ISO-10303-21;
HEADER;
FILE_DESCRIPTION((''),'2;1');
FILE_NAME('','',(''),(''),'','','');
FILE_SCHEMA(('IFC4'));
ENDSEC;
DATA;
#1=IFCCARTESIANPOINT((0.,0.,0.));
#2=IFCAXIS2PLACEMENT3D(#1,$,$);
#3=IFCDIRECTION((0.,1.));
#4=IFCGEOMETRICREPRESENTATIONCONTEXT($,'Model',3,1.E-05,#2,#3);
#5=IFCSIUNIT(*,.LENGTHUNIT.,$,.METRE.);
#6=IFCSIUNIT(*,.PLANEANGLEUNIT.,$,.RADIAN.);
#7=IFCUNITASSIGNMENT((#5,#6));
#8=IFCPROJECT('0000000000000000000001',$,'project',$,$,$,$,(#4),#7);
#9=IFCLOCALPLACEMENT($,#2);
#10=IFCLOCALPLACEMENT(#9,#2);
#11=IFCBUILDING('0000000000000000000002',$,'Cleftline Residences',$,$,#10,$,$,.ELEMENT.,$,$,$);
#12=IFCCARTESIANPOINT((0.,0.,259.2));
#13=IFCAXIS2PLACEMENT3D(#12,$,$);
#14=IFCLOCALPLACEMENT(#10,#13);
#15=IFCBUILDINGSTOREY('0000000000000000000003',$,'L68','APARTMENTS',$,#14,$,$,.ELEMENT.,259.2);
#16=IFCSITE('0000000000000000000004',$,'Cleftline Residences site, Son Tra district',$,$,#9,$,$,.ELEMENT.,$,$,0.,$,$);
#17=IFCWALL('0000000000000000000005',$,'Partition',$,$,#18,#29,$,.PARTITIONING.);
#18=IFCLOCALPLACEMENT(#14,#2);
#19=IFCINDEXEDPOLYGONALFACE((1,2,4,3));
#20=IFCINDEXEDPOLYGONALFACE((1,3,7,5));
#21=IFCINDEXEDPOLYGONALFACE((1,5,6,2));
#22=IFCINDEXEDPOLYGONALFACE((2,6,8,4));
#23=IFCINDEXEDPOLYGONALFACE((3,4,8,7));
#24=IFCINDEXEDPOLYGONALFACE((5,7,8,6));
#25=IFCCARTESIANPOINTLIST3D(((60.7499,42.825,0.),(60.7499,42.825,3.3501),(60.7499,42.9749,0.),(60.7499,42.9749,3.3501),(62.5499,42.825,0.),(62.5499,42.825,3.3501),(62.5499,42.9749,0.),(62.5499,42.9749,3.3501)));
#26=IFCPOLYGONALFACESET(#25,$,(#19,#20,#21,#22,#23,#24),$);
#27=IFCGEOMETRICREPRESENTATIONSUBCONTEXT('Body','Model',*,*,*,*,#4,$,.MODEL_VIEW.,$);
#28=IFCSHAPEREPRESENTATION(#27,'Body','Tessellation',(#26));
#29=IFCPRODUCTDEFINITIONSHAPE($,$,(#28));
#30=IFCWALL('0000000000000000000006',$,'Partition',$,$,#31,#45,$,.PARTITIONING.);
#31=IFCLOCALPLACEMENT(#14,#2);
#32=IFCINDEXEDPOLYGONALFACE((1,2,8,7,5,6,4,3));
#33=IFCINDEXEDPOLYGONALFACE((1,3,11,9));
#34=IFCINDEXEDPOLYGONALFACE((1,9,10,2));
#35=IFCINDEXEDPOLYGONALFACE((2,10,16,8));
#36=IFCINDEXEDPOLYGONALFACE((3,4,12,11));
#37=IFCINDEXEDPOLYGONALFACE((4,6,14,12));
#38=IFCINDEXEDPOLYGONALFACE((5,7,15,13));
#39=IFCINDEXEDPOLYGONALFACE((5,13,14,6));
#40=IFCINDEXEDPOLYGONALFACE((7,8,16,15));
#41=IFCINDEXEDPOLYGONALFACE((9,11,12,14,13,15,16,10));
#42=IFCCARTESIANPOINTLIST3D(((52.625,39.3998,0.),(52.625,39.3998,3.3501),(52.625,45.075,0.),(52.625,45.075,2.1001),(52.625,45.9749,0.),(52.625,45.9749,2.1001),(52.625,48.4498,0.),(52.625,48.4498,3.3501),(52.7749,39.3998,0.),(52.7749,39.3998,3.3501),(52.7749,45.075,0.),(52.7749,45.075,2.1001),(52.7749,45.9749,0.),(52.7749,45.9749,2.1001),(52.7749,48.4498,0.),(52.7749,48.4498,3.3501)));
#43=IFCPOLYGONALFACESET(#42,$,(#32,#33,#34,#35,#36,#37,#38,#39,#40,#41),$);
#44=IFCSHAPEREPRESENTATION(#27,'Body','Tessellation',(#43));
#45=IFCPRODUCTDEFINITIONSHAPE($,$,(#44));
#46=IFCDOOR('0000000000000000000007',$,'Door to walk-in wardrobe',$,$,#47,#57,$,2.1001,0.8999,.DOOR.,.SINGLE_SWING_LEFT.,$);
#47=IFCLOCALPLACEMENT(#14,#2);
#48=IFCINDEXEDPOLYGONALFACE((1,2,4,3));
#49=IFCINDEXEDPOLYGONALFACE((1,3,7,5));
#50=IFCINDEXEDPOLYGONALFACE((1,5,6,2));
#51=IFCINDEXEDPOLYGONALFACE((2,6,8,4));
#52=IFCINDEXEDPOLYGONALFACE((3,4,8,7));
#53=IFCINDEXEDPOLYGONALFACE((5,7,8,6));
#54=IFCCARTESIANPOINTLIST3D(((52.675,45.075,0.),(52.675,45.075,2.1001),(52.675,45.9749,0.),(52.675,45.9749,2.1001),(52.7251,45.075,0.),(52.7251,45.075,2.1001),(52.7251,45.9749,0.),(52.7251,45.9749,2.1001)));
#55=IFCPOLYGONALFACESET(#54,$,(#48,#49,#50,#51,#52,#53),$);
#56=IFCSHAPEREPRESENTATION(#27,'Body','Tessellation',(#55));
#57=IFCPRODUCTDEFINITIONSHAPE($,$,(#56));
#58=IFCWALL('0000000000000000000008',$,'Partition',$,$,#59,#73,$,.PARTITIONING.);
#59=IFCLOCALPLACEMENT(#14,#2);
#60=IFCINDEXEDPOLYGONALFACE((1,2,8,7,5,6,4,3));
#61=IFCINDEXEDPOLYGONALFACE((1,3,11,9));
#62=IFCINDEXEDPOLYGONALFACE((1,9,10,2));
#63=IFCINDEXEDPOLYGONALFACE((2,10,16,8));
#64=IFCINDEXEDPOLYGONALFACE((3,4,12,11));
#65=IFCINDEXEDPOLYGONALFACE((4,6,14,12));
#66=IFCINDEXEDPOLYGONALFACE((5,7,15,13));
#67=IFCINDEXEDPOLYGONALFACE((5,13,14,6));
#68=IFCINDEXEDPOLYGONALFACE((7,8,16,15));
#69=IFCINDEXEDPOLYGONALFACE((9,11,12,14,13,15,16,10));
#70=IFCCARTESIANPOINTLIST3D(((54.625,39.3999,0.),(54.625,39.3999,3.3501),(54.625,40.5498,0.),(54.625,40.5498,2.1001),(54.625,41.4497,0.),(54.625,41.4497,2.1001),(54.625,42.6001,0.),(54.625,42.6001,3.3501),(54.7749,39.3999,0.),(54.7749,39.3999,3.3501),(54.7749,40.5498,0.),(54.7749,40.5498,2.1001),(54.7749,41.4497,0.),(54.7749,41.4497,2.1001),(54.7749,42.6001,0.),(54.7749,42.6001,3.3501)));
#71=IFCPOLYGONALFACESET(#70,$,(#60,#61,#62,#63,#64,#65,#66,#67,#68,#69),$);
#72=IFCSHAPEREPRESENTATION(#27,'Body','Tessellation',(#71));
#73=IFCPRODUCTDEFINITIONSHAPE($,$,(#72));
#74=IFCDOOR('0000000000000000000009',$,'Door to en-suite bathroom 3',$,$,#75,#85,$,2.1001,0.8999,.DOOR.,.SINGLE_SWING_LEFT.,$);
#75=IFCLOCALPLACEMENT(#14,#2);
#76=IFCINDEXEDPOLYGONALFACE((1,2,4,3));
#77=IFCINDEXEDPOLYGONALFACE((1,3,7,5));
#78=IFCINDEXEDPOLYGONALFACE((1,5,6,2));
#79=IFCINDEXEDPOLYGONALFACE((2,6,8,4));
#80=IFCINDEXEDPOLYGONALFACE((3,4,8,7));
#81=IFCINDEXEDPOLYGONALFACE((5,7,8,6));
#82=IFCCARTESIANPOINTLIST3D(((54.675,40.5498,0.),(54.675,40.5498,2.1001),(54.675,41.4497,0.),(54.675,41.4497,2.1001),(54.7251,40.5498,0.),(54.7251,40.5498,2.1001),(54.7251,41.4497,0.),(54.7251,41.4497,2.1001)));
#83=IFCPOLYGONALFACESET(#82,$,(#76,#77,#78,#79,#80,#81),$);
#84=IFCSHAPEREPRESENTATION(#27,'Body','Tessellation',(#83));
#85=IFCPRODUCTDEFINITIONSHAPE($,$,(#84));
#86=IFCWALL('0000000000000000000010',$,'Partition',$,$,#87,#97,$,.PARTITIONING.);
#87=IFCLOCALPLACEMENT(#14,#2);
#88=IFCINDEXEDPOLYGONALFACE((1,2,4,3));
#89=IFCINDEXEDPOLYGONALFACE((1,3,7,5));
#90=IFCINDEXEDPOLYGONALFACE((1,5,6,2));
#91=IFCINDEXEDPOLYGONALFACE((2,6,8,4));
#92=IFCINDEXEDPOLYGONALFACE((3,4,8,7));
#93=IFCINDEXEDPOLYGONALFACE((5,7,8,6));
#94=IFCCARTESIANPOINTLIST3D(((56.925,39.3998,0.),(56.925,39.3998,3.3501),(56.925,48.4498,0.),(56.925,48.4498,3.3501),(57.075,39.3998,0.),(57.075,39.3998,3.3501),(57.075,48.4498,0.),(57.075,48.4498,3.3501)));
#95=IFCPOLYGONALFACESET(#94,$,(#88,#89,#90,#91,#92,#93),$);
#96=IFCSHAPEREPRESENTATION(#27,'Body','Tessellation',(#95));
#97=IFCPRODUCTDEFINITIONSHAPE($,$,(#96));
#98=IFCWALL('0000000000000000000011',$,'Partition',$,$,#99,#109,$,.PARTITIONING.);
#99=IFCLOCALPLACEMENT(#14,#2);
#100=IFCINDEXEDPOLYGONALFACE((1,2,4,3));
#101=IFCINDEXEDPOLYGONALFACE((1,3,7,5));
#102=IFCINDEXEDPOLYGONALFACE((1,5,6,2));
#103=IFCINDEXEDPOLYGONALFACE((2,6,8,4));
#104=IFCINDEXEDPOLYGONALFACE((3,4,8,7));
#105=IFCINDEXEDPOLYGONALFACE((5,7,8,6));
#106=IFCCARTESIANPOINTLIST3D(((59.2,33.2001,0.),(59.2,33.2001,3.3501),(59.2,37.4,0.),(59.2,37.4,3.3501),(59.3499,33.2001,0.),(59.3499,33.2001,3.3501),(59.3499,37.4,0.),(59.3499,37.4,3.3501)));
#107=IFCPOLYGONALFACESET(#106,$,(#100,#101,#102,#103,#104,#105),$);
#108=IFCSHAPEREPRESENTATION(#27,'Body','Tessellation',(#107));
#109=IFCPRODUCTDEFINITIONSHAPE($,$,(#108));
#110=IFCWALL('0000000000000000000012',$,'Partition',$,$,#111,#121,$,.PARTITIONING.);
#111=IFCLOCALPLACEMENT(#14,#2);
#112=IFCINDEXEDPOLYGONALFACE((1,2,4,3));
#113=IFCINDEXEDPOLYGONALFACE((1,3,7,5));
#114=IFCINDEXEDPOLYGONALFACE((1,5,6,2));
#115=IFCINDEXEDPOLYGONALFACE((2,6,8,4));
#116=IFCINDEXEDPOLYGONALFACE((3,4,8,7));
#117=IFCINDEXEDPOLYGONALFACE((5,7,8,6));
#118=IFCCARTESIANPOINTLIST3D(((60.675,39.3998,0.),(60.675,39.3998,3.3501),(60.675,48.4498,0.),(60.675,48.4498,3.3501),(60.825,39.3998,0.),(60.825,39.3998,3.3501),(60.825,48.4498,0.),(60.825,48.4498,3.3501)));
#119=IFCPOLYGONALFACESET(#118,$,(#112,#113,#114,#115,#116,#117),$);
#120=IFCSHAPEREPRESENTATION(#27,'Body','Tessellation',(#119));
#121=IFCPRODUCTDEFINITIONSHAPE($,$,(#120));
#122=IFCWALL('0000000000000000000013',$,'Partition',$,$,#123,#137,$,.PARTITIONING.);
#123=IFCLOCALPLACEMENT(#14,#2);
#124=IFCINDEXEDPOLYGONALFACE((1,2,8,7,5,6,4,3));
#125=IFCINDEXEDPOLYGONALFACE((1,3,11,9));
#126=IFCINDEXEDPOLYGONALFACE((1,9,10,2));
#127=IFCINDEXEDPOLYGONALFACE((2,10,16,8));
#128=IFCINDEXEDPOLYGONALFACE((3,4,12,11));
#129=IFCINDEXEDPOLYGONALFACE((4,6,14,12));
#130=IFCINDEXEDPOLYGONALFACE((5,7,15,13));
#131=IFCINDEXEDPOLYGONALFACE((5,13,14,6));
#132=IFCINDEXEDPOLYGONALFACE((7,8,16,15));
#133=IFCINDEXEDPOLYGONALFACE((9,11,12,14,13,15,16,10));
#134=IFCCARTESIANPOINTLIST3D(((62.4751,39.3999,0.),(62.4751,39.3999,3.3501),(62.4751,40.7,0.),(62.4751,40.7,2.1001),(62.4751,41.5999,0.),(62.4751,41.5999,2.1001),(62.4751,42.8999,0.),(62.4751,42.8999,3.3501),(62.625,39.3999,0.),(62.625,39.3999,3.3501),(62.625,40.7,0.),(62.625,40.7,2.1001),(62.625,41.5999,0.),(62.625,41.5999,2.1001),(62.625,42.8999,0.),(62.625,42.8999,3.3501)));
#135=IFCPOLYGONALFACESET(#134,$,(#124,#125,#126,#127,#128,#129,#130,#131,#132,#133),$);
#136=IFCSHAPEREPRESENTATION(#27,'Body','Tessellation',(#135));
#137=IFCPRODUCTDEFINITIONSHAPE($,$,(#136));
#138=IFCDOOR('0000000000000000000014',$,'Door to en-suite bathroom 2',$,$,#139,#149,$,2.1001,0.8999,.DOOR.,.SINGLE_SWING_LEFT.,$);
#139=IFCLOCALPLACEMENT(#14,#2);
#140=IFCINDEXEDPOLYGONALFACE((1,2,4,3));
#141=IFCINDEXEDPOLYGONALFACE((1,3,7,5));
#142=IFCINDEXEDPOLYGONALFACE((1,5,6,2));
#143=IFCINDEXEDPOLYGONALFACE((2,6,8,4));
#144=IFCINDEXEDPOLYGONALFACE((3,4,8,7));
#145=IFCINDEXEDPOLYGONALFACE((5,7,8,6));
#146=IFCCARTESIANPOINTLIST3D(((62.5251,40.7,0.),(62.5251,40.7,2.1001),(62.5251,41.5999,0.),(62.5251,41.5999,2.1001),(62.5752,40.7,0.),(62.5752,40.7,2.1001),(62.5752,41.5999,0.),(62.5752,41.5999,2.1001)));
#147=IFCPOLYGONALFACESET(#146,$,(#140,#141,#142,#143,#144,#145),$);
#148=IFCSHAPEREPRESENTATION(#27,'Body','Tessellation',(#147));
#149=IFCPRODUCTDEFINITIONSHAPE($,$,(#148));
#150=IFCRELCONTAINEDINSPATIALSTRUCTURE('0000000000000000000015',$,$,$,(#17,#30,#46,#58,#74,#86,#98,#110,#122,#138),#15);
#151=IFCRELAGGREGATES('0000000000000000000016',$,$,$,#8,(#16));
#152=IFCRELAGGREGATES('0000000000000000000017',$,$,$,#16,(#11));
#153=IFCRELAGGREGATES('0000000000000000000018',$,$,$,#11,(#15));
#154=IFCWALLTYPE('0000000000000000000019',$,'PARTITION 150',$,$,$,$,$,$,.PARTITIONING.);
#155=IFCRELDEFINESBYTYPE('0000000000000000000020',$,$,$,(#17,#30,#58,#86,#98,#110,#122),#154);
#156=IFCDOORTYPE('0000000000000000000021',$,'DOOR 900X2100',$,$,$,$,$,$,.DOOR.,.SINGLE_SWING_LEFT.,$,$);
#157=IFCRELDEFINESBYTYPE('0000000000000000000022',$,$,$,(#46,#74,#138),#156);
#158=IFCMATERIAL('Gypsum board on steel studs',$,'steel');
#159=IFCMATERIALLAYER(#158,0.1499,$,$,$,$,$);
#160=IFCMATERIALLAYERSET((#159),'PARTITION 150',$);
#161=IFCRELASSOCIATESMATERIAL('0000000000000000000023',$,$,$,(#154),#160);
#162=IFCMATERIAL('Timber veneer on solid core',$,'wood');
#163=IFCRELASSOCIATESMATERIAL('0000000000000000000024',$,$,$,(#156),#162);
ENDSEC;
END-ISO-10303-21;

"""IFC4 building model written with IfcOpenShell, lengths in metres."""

from ifc_helpers import new_model, si_unit, direction, frame, frame_2d, origin, place, context, subcontext, project, spatial, rectangle, extrude, material, layer, layer_set, type_object, element, fill, save


model = new_model("IFC4")

# Units and contexts
model_context = context("Model", 3, precision=1e-05, world=origin(), true_north=direction((0.0, 1.0)))
body_context = subcontext(model_context, "Body", "Model", "MODEL_VIEW")
ifc_project = project(units=[si_unit("LENGTHUNIT", "METRE"), si_unit("PLANEANGLEUNIT", "RADIAN")], contexts=[model_context])

# Site, building, storey
site_placement = place(None, origin())
site = spatial("IfcSite", under=ifc_project, at=site_placement, Name="Cleftline Residences site, Son Tra district", CompositionType="ELEMENT", RefElevation=0.0)
building_placement = place(site_placement, origin())
building = spatial("IfcBuilding", under=site, at=building_placement, Name="Cleftline Residences", CompositionType="ELEMENT")
storey_placement = place(building_placement, frame((0.0, 0.0, 259.2)))
storey = spatial("IfcBuildingStorey", under=building, at=storey_placement, Name="L68", Description="APARTMENTS", CompositionType="ELEMENT", Elevation=259.2)

# Shared definitions
ifc_material_1 = material(Name="Gypsum board on steel studs", Category="steel")
ifc_layer = layer(ifc_material_1, 0.1499)
ifc_layer_set = layer_set([ifc_layer], Name="PARTITION 150")
wall_type = type_object("IfcWallType", Name="PARTITION 150", PredefinedType="PARTITIONING", material=ifc_layer_set)

# Wall
wall_1_placement = place(storey_placement, frame((60.75, 42.8999, 0.0), z_axis=(0.0, 0.0, 1.0), x_axis=(1.0, 0.0, 0.0)))
element("IfcWall", 1, at=wall_1_placement, inside=storey, type_object=wall_type, Name="Partition", PredefinedType="PARTITIONING", context=body_context, shape_type="SweptSolid", body=[
    extrude(rectangle(XDim=1.8, YDim=0.1499, at=frame_2d((0.8999, 0.0))), origin(), (0.0, 0.0, 1.0), 3.3501),
])

# Walls, openings, doors
wall_2_placement = place(storey_placement, frame((52.7, 39.3999, 0.0), z_axis=(0.0, 0.0, 1.0), x_axis=(0.0, 1.0, 0.0)))
wall_2 = element("IfcWall", 2, at=wall_2_placement, inside=storey, type_object=wall_type, Name="Partition", PredefinedType="PARTITIONING", context=body_context, shape_type="SweptSolid", body=[
    extrude(rectangle(XDim=9.05, YDim=0.1499, at=frame_2d((4.5249, 0.0))), origin(), (0.0, 0.0, 1.0), 3.3501),
])
opening_1_placement = place(wall_2_placement, frame((5.675, 0.0, 0.0)))
opening_1 = element("IfcOpeningElement", 3, at=opening_1_placement, cuts=wall_2, PredefinedType="OPENING", context=body_context, shape_type="SweptSolid", body=[
    extrude(rectangle(XDim=0.8999, YDim=2.1001, at=frame_2d((0.45, 1.05))), frame((0.0, 0.085, 0.0), z_axis=(0.0, -1.0, 0.0), x_axis=(1.0, 0.0, 0.0)), (0.0, 0.0, 1.0), 0.1699),
])
ifc_material_2 = material(Name="Timber veneer on solid core", Category="wood")
door_type_1 = type_object("IfcDoorType", Name="DOOR 900X2100", OperationType="SINGLE_SWING_LEFT", PredefinedType="DOOR", material=ifc_material_2)
door_1_placement = place(opening_1_placement, origin())
door_1 = element("IfcDoor", 4, at=door_1_placement, inside=storey, type_object=door_type_1, Name="Door to walk-in wardrobe", OperationType="SINGLE_SWING_LEFT", OverallHeight=2.1001, OverallWidth=0.8999, PredefinedType="DOOR", context=body_context, shape_type="SweptSolid", body=[
    extrude(rectangle(XDim=0.8999, YDim=2.1001, at=frame_2d((0.45, 1.05))), frame((0.0, 0.0249, 0.0), z_axis=(0.0, -1.0, 0.0), x_axis=(1.0, 0.0, 0.0)), (0.0, 0.0, 1.0), 0.05),
])
fill(opening_1, door_1)
wall_3_placement = place(storey_placement, frame((54.7, 39.3999, 0.0), z_axis=(0.0, 0.0, 1.0), x_axis=(0.0, 1.0, 0.0)))
wall_3 = element("IfcWall", 5, at=wall_3_placement, inside=storey, type_object=wall_type, Name="Partition", PredefinedType="PARTITIONING", context=body_context, shape_type="SweptSolid", body=[
    extrude(rectangle(XDim=3.2002, YDim=0.1499, at=frame_2d((1.6001, 0.0))), origin(), (0.0, 0.0, 1.0), 3.3501),
])
opening_2_placement = place(wall_3_placement, frame((1.1499, 0.0, 0.0)))
opening_2 = element("IfcOpeningElement", 6, at=opening_2_placement, cuts=wall_3, PredefinedType="OPENING", context=body_context, shape_type="SweptSolid", body=[
    extrude(rectangle(XDim=0.8999, YDim=2.1001, at=frame_2d((0.45, 1.05))), frame((0.0, 0.085, 0.0), z_axis=(0.0, -1.0, 0.0), x_axis=(1.0, 0.0, 0.0)), (0.0, 0.0, 1.0), 0.1699),
])
door_2_placement = place(opening_2_placement, origin())
door_2 = element("IfcDoor", 7, at=door_2_placement, inside=storey, type_object=door_type_1, Name="Door to en-suite bathroom 3", OperationType="SINGLE_SWING_LEFT", OverallHeight=2.1001, OverallWidth=0.8999, PredefinedType="DOOR", context=body_context, shape_type="SweptSolid", body=[
    extrude(rectangle(XDim=0.8999, YDim=2.1001, at=frame_2d((0.45, 1.05))), frame((0.0, 0.0249, 0.0), z_axis=(0.0, -1.0, 0.0), x_axis=(1.0, 0.0, 0.0)), (0.0, 0.0, 1.0), 0.05),
])
fill(opening_2, door_2)

# Walls
wall_4_placement = place(storey_placement, frame((57.0, 39.3999, 0.0), z_axis=(0.0, 0.0, 1.0), x_axis=(0.0, 1.0, 0.0)))
element("IfcWall", 8, at=wall_4_placement, inside=storey, type_object=wall_type, Name="Partition", PredefinedType="PARTITIONING", context=body_context, shape_type="SweptSolid", body=[
    extrude(rectangle(XDim=9.05, YDim=0.1499, at=frame_2d((4.5249, 0.0))), origin(), (0.0, 0.0, 1.0), 3.3501),
])
wall_5_placement = place(storey_placement, frame((59.2749, 33.2, 0.0), z_axis=(0.0, 0.0, 1.0), x_axis=(0.0, 1.0, 0.0)))
element("IfcWall", 9, at=wall_5_placement, inside=storey, type_object=wall_type, Name="Partition", PredefinedType="PARTITIONING", context=body_context, shape_type="SweptSolid", body=[
    extrude(rectangle(XDim=4.2, YDim=0.1499, at=frame_2d((2.1001, 0.0))), origin(), (0.0, 0.0, 1.0), 3.3501),
])
wall_6_placement = place(storey_placement, frame((60.75, 39.3999, 0.0), z_axis=(0.0, 0.0, 1.0), x_axis=(0.0, 1.0, 0.0)))
element("IfcWall", 10, at=wall_6_placement, inside=storey, type_object=wall_type, Name="Partition", PredefinedType="PARTITIONING", context=body_context, shape_type="SweptSolid", body=[
    extrude(rectangle(XDim=9.05, YDim=0.1499, at=frame_2d((4.5249, 0.0))), origin(), (0.0, 0.0, 1.0), 3.3501),
])

# Wall, opening, door
wall_7_placement = place(storey_placement, frame((62.55, 39.3999, 0.0), z_axis=(0.0, 0.0, 1.0), x_axis=(0.0, 1.0, 0.0)))
wall_7 = element("IfcWall", 11, at=wall_7_placement, inside=storey, type_object=wall_type, Name="Partition", PredefinedType="PARTITIONING", context=body_context, shape_type="SweptSolid", body=[
    extrude(rectangle(XDim=3.5, YDim=0.1499, at=frame_2d((1.75, 0.0))), origin(), (0.0, 0.0, 1.0), 3.3501),
])
opening_3_placement = place(wall_7_placement, frame((1.3, 0.0, 0.0)))
opening_3 = element("IfcOpeningElement", 12, at=opening_3_placement, cuts=wall_7, PredefinedType="OPENING", context=body_context, shape_type="SweptSolid", body=[
    extrude(rectangle(XDim=0.8999, YDim=2.1001, at=frame_2d((0.45, 1.05))), frame((0.0, 0.085, 0.0), z_axis=(0.0, -1.0, 0.0), x_axis=(1.0, 0.0, 0.0)), (0.0, 0.0, 1.0), 0.1699),
])
door_3_placement = place(opening_3_placement, origin())
door_3 = element("IfcDoor", 13, at=door_3_placement, inside=storey, type_object=door_type_1, Name="Door to en-suite bathroom 2", OperationType="SINGLE_SWING_LEFT", OverallHeight=2.1001, OverallWidth=0.8999, PredefinedType="DOOR", context=body_context, shape_type="SweptSolid", body=[
    extrude(rectangle(XDim=0.8999, YDim=2.1001, at=frame_2d((0.45, 1.05))), frame((0.0, 0.0249, 0.0), z_axis=(0.0, -1.0, 0.0), x_axis=(1.0, 0.0, 0.0)), (0.0, 0.0, 1.0), 0.05),
])
fill(opening_3, door_3)

save(model, "model.ifc")
